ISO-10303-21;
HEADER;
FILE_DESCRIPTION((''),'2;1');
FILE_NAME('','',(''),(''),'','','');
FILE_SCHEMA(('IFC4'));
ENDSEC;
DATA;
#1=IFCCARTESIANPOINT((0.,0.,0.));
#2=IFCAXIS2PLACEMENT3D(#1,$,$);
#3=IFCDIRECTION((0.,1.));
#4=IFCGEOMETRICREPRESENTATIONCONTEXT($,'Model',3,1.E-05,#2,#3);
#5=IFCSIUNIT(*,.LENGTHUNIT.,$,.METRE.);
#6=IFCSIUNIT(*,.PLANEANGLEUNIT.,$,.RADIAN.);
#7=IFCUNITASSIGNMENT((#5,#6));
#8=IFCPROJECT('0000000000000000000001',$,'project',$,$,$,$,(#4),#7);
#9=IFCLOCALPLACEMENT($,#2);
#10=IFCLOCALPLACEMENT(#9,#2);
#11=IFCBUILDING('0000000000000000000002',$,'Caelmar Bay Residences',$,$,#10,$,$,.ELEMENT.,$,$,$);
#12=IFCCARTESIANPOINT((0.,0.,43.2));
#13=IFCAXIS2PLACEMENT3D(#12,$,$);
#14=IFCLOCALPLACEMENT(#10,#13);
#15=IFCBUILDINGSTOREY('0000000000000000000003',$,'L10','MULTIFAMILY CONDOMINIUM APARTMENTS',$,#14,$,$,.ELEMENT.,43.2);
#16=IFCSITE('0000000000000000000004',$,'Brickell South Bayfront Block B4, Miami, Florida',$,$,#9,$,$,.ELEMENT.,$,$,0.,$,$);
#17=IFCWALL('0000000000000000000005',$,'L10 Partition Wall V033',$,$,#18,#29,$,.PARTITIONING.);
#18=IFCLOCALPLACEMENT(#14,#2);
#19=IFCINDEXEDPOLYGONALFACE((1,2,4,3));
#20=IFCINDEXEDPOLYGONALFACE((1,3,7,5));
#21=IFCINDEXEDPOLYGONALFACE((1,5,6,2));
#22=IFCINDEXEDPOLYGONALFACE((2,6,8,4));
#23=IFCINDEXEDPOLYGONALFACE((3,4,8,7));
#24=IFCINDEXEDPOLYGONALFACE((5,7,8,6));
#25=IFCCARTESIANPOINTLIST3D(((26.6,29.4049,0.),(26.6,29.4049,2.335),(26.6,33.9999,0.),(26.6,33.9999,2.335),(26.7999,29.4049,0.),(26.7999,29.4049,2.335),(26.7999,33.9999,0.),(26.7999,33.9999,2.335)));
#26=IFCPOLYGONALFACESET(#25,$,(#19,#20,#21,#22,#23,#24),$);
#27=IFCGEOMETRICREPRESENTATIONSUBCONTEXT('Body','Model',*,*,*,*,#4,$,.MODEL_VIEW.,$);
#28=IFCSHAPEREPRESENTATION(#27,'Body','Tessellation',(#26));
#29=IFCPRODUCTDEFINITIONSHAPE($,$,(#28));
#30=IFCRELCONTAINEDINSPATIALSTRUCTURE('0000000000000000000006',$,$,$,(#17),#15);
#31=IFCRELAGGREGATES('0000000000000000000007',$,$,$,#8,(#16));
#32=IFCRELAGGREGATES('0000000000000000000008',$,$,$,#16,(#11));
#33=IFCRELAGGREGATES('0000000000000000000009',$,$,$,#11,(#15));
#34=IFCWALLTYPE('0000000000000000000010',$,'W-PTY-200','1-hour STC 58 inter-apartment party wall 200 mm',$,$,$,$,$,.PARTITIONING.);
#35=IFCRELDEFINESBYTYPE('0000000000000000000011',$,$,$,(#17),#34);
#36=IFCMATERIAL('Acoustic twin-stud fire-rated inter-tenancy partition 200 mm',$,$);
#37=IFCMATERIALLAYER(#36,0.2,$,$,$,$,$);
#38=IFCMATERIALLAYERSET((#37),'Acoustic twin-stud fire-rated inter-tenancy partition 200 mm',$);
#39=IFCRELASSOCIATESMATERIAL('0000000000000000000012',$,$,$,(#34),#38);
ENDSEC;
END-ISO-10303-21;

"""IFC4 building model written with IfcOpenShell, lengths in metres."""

from ifc_helpers import new_model, si_unit, direction, frame, frame_2d, origin, place, context, subcontext, project, spatial, rectangle, extrude, material, layer, layer_set, type_object, element, save


model = new_model("IFC4")

# Units and contexts
model_context = context("Model", 3, precision=1e-05, world=origin(), true_north=direction((0.0, 1.0)))
body_context = subcontext(model_context, "Body", "Model", "MODEL_VIEW")
ifc_project = project(units=[si_unit("LENGTHUNIT", "METRE"), si_unit("PLANEANGLEUNIT", "RADIAN")], contexts=[model_context])

# Site, building, storey
site_placement = place(None, origin())
site = spatial("IfcSite", under=ifc_project, at=site_placement, Name="Brickell South Bayfront Block B4, Miami, Florida", CompositionType="ELEMENT", RefElevation=0.0)
building_placement = place(site_placement, origin())
building = spatial("IfcBuilding", under=site, at=building_placement, Name="Caelmar Bay Residences", CompositionType="ELEMENT")
storey_placement = place(building_placement, frame((0.0, 0.0, 43.2)))
storey = spatial("IfcBuildingStorey", under=building, at=storey_placement, Name="L10", Description="MULTIFAMILY CONDOMINIUM APARTMENTS", CompositionType="ELEMENT", Elevation=43.2)

# Wall
ifc_material_1 = material(Name="Acoustic twin-stud fire-rated inter-tenancy partition 200 mm")
ifc_layer_1 = layer(ifc_material_1, 0.2)
ifc_layer_set_1 = layer_set([ifc_layer_1], Name="Acoustic twin-stud fire-rated inter-tenancy partition 200 mm")
wall_type_1 = type_object("IfcWallType", Name="W-PTY-200", Description="1-hour STC 58 inter-apartment party wall 200 mm", PredefinedType="PARTITIONING", material=ifc_layer_set_1)
wall_1_placement = place(storey_placement, frame((26.7, 29.405, 0.0), z_axis=(0.0, 0.0, 1.0), x_axis=(0.0, 1.0, 0.0)))
element("IfcWall", 1, at=wall_1_placement, inside=storey, type_object=wall_type_1, Name="L10 Partition Wall V033", PredefinedType="PARTITIONING", context=body_context, shape_type="SweptSolid", body=[
    extrude(rectangle(XDim=4.595, YDim=0.2, at=frame_2d((2.2974, 0.0))), origin(), (0.0, 0.0, 1.0), 2.335),
])

save(model, "model.ifc")
